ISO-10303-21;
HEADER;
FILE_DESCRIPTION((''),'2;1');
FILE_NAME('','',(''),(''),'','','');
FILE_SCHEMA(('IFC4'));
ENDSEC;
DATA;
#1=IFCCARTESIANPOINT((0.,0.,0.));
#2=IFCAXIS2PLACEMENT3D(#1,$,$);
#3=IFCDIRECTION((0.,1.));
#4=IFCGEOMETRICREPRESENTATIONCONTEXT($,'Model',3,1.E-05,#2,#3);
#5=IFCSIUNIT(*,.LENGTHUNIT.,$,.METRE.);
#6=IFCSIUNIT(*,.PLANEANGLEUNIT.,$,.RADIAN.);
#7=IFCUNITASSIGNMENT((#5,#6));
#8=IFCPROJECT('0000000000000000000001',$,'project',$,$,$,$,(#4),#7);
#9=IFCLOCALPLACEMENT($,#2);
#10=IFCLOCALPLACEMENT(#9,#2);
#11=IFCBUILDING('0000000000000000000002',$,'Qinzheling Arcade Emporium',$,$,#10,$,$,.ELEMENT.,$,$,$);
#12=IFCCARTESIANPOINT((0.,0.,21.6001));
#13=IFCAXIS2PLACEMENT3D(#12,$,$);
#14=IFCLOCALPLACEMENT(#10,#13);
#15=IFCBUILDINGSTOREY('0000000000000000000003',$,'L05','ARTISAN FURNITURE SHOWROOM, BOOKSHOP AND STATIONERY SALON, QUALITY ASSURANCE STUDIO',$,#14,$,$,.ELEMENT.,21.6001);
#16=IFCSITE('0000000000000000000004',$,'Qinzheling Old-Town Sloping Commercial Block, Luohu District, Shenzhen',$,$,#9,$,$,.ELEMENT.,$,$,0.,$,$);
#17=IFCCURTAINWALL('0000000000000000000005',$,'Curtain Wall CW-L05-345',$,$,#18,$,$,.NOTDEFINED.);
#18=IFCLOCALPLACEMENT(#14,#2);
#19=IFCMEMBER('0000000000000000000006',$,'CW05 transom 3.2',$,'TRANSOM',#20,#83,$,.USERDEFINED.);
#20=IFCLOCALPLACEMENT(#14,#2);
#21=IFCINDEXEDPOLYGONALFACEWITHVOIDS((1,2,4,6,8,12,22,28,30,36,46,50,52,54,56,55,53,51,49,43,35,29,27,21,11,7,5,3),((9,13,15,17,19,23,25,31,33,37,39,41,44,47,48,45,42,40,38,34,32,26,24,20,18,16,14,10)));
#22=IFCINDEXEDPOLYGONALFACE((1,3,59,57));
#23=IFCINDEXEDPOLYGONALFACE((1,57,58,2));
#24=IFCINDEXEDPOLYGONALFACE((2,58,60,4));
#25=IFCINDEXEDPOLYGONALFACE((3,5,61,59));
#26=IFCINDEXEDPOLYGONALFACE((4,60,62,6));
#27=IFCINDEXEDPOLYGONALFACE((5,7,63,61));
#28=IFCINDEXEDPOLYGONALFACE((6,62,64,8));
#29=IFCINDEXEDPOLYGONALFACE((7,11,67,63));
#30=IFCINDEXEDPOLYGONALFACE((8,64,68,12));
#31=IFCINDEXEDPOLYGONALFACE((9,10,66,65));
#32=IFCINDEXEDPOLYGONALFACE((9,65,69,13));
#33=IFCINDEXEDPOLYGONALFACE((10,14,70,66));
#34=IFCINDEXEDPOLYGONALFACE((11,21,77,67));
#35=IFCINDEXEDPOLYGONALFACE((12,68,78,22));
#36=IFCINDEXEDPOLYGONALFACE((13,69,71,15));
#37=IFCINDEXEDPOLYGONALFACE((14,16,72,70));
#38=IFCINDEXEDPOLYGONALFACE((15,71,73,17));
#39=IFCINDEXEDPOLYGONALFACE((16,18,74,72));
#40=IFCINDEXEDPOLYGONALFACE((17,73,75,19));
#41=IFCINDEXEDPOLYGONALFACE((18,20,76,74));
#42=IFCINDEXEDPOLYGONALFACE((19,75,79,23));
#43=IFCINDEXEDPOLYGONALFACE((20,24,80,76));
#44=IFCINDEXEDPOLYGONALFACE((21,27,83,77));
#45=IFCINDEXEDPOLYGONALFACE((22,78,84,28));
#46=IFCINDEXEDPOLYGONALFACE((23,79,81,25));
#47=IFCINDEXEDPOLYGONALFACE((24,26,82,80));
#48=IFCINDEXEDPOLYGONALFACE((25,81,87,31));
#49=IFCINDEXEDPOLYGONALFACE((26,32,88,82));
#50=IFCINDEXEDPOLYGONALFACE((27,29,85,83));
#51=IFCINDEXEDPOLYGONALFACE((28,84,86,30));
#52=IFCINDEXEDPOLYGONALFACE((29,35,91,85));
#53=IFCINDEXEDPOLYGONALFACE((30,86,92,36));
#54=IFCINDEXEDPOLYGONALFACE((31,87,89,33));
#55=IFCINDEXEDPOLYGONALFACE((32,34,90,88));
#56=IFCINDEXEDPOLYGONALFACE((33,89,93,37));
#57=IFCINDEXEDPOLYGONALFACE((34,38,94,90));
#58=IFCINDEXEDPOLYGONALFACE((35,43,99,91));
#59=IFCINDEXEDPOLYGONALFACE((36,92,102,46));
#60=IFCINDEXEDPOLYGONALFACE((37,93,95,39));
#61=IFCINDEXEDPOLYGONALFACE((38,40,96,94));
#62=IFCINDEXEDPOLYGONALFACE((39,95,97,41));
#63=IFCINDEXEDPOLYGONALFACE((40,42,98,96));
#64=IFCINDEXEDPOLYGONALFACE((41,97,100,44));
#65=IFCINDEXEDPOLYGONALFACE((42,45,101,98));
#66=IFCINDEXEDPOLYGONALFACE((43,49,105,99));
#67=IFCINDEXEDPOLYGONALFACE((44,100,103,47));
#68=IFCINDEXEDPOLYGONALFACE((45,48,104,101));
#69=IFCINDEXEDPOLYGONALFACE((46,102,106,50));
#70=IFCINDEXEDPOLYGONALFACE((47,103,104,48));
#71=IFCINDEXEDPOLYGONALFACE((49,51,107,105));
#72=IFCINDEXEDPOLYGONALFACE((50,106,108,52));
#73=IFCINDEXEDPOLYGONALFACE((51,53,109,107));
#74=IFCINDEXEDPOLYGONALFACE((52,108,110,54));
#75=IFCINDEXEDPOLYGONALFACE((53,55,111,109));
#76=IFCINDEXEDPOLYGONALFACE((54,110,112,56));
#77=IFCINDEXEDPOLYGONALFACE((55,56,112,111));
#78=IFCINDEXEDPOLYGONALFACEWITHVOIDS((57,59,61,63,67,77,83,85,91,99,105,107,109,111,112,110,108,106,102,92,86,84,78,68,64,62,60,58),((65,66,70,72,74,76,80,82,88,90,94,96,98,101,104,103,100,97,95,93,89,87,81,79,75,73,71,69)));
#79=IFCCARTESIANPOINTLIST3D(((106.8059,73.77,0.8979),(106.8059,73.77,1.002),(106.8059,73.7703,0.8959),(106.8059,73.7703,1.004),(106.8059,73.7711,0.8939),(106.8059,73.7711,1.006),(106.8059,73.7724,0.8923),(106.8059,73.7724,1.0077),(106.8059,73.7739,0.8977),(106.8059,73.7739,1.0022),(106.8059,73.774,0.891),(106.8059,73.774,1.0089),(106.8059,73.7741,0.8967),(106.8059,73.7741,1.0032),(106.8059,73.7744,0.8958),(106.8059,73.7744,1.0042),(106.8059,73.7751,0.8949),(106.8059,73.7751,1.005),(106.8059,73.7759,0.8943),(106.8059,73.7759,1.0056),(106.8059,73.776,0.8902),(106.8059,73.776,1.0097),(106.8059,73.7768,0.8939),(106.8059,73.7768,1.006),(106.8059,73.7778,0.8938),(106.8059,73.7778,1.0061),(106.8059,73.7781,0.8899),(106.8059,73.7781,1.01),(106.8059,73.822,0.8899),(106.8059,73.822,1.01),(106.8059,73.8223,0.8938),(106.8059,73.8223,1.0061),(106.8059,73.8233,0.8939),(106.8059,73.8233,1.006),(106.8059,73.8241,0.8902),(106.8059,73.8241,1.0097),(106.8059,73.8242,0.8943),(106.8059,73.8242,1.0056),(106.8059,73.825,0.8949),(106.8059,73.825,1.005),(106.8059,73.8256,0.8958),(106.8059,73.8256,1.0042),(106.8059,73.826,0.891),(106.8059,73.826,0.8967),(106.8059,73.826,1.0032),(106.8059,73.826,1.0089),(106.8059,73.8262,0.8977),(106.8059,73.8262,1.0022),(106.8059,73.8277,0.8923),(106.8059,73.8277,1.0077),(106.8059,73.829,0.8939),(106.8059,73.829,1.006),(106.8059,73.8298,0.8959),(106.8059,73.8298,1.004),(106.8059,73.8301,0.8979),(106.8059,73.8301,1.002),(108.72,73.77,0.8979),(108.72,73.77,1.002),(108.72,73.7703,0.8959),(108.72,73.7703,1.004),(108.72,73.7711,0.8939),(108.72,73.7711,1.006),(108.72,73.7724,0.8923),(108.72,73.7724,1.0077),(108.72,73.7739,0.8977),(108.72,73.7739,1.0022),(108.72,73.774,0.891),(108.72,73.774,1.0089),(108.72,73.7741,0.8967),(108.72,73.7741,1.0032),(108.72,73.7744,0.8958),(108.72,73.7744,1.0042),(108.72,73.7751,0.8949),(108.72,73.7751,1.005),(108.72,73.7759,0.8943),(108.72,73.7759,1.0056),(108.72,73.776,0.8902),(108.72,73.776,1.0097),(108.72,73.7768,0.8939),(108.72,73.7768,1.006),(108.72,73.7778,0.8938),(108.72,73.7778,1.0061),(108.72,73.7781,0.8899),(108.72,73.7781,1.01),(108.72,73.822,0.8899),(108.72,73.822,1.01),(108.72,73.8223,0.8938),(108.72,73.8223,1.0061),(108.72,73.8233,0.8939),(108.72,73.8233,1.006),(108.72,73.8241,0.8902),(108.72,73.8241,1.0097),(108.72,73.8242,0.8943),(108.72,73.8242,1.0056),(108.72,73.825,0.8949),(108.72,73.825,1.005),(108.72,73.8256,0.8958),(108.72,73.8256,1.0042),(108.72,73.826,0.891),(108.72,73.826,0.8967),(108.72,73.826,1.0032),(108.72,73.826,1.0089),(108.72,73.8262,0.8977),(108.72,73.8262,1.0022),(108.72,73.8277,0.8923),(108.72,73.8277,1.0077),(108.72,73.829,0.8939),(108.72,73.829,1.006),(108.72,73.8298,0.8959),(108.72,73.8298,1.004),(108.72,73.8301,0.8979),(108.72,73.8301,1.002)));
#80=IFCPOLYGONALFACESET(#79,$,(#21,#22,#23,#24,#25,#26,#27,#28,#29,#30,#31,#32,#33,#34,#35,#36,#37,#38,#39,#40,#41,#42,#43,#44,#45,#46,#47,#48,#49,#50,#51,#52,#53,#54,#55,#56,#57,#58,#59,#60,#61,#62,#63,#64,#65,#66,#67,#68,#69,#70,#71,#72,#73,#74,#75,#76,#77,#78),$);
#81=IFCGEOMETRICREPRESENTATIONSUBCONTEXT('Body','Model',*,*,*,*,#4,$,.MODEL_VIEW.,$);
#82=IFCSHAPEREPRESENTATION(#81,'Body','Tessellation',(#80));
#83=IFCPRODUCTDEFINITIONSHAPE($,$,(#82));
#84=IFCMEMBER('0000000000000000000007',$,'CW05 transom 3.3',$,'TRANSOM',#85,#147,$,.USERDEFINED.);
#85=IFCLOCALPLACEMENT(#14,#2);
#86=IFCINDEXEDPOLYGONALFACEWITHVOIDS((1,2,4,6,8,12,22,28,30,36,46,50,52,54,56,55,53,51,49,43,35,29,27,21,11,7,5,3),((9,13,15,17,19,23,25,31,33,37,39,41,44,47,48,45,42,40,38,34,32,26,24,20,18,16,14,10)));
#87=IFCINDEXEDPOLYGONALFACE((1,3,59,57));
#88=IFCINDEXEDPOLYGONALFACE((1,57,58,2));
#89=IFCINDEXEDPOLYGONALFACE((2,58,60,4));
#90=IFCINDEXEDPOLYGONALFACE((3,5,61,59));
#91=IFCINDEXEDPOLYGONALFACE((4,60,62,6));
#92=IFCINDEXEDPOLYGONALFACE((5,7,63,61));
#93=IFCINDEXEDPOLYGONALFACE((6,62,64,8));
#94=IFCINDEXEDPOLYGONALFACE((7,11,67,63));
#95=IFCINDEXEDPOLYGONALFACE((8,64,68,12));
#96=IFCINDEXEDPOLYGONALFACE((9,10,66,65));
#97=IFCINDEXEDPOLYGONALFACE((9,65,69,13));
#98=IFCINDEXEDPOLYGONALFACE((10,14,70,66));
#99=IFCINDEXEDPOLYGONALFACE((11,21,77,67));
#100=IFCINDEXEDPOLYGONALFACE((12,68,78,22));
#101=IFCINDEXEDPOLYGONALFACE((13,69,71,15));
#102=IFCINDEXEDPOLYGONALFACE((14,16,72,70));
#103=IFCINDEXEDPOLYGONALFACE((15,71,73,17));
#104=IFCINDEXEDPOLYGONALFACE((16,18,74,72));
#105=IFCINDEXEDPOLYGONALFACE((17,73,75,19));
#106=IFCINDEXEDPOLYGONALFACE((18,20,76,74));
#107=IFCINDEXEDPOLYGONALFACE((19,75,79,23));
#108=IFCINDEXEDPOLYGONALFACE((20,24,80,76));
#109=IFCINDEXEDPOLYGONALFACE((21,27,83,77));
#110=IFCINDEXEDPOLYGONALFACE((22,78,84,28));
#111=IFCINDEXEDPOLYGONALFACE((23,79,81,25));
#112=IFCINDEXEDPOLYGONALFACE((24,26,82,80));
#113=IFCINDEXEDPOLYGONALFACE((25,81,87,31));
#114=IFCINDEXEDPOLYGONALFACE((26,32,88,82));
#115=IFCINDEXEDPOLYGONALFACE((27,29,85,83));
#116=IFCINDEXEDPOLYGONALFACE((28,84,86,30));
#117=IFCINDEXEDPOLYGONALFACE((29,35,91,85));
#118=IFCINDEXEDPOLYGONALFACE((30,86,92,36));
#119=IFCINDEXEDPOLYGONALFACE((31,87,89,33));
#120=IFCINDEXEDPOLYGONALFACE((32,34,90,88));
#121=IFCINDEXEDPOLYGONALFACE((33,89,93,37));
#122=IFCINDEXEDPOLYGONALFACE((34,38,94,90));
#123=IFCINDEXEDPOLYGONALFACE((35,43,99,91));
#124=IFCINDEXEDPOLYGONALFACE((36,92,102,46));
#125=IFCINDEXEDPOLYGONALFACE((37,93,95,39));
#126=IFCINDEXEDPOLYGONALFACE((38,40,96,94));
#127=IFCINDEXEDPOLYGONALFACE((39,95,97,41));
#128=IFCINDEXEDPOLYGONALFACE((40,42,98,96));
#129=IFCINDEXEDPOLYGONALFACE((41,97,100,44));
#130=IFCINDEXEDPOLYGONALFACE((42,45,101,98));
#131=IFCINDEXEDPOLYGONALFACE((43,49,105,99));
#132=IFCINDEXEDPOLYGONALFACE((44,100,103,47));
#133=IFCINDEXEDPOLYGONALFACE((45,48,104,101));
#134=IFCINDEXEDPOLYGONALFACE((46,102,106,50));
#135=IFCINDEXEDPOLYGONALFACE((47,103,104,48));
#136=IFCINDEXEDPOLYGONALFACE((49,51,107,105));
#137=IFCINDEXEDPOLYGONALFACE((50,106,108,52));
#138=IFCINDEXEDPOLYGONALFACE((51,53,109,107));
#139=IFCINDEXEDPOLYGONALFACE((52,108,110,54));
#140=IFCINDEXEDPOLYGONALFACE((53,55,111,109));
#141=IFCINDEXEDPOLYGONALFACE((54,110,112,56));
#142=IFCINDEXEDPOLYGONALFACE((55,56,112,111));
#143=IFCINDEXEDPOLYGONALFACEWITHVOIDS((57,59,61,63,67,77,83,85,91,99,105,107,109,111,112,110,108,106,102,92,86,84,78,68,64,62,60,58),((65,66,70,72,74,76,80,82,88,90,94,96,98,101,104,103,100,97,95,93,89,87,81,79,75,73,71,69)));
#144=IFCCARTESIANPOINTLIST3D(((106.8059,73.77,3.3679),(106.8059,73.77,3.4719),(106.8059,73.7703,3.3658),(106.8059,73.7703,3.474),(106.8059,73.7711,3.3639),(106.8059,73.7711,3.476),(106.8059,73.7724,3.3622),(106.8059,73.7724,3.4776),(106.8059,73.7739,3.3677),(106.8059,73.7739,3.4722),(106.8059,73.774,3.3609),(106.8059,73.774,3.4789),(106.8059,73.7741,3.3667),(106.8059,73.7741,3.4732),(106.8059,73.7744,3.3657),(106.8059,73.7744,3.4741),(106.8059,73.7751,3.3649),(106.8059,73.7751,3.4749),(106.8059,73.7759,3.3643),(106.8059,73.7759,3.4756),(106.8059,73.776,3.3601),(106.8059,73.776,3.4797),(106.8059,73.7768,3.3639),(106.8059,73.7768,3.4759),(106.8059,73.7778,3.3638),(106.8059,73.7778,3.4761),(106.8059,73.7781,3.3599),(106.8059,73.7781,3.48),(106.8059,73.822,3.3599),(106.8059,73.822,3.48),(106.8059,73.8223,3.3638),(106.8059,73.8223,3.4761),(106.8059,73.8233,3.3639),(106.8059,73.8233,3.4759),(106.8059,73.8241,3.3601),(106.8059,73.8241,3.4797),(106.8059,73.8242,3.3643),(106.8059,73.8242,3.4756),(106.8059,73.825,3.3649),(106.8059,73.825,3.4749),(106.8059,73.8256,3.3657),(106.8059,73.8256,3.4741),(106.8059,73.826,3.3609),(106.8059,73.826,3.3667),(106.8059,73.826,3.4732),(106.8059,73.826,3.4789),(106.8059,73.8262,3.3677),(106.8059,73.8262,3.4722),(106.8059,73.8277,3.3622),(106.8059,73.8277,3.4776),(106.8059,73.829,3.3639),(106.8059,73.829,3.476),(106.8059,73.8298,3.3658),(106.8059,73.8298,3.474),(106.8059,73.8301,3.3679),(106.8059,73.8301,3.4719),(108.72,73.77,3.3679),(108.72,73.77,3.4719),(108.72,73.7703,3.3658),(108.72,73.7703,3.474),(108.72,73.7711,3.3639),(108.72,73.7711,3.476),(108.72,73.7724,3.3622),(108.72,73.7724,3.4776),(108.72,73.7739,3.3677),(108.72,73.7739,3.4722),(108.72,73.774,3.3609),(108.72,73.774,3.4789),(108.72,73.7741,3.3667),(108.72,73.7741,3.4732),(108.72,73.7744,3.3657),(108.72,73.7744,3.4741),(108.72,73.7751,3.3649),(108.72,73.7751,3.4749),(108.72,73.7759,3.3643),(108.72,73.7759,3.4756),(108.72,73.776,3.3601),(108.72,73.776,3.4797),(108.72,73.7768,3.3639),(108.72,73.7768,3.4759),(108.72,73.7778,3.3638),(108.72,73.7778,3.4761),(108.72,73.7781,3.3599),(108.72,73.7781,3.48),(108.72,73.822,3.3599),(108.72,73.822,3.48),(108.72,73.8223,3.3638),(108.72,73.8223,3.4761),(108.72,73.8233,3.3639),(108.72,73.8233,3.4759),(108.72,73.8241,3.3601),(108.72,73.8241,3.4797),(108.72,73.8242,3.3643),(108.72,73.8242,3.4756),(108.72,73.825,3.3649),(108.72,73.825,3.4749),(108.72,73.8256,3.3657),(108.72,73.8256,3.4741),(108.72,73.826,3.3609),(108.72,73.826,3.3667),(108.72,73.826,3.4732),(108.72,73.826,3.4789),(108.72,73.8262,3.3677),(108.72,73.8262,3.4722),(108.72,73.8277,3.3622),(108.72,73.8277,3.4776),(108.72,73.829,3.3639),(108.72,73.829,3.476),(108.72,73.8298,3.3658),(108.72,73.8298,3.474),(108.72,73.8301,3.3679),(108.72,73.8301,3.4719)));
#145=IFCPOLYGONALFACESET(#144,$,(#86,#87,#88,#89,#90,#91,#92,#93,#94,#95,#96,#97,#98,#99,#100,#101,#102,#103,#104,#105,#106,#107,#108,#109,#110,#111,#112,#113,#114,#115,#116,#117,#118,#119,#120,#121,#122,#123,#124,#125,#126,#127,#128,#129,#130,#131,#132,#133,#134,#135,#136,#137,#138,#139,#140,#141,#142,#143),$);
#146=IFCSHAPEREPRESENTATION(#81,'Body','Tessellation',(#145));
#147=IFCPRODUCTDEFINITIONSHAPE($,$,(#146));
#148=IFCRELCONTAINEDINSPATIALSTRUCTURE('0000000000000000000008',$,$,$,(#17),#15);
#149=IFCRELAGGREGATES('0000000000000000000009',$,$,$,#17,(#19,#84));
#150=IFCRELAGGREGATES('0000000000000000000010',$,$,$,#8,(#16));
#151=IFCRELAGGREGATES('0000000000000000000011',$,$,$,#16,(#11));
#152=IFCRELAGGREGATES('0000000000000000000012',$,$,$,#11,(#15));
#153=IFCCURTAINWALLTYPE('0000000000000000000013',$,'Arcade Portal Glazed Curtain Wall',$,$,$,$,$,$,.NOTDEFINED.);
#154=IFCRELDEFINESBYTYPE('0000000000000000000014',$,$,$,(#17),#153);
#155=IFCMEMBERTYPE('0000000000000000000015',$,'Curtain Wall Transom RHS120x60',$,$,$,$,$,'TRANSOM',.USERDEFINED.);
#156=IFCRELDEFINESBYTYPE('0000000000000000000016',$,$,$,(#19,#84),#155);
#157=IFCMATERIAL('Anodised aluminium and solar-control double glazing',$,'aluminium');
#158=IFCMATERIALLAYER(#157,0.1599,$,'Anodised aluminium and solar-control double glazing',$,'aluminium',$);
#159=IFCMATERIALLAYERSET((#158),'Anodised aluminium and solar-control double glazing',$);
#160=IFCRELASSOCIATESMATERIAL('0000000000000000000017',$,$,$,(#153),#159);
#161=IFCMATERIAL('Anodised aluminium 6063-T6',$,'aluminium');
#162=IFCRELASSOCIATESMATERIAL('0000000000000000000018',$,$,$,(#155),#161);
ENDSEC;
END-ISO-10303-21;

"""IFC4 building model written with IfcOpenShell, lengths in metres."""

from ifc_helpers import new_model, si_unit, direction, frame, origin, origin_2d, place, context, subcontext, project, spatial, hollow_rectangle, extrude, material, layer, layer_set, material_profile, profile_set, type_object, element, aggregate, save


model = new_model("IFC4")

# Units and contexts
model_context = context("Model", 3, precision=1e-05, world=origin(), true_north=direction((0.0, 1.0)))
body_context = subcontext(model_context, "Body", "Model", "MODEL_VIEW")
ifc_project = project(units=[si_unit("LENGTHUNIT", "METRE"), si_unit("PLANEANGLEUNIT", "RADIAN")], contexts=[model_context])

# Site, building, storey
site_placement = place(None, origin())
site = spatial("IfcSite", under=ifc_project, at=site_placement, Name="Qinzheling Old-Town Sloping Commercial Block, Luohu District, Shenzhen", CompositionType="ELEMENT", RefElevation=0.0)
building_placement = place(site_placement, origin())
building = spatial("IfcBuilding", under=site, at=building_placement, Name="Qinzheling Arcade Emporium", CompositionType="ELEMENT")
storey_placement = place(building_placement, frame((0.0, 0.0, 21.6001)))
storey = spatial("IfcBuildingStorey", under=building, at=storey_placement, Name="L05", Description="ARTISAN FURNITURE SHOWROOM, BOOKSHOP AND STATIONERY SALON, QUALITY ASSURANCE STUDIO", CompositionType="ELEMENT", Elevation=21.6001)

# Shared definitions
ifc_material_1 = material(Name="Anodised aluminium and solar-control double glazing", Category="aluminium")
ifc_material_2 = material(Name="Anodised aluminium 6063-T6", Category="aluminium")

# Curtain wall
ifc_layer_1 = layer(ifc_material_1, 0.1599, Name="Anodised aluminium and solar-control double glazing", Category="aluminium")
ifc_layer_set_1 = layer_set([ifc_layer_1], Name="Anodised aluminium and solar-control double glazing")
curtain_wall_type_1 = type_object("IfcCurtainWallType", Name="Arcade Portal Glazed Curtain Wall", PredefinedType="NOTDEFINED", material=ifc_layer_set_1)
curtain_wall_1_placement = place(storey_placement, origin())
curtain_wall_1 = element("IfcCurtainWall", 1, at=curtain_wall_1_placement, inside=storey, type_object=curtain_wall_type_1, Name="Curtain Wall CW-L05-345", PredefinedType="NOTDEFINED")

# Members
ifc_material_profile_1 = material_profile(ifc_material_2, hollow_rectangle(XDim=0.0601, YDim=0.1201, WallThickness=0.0039, InnerFilletRadius=0.0039, OuterFilletRadius=0.0081, at=origin_2d()), Name="RHS 120x60x4", Category="aluminium")
ifc_profile_set_1 = profile_set([ifc_material_profile_1], Name="Anodised aluminium 6063-T6")
member_type_1 = type_object("IfcMemberType", Name="Curtain Wall Transom RHS120x60", ElementType="TRANSOM", PredefinedType="USERDEFINED", material=ifc_profile_set_1)
member_1_placement = place(storey_placement, frame((108.72, 73.8, 0.95), z_axis=(-1.0, 0.0, 0.0), x_axis=(0.0, -1.0, 0.0)))
member_1 = element("IfcMember", 2, at=member_1_placement, type_object=member_type_1, Name="CW05 transom 3.2", ObjectType="TRANSOM", PredefinedType="USERDEFINED", context=body_context, shape_type="SweptSolid", body=[
    extrude(hollow_rectangle(XDim=0.0601, YDim=0.1201, WallThickness=0.0039, InnerFilletRadius=0.0039, OuterFilletRadius=0.0081, at=origin_2d()), origin(), (0.0, 0.0, 1.0), 1.9141),
])
member_2_placement = place(storey_placement, frame((108.72, 73.8, 3.4199), z_axis=(-1.0, 0.0, 0.0), x_axis=(0.0, -1.0, 0.0)))
member_2 = element("IfcMember", 3, at=member_2_placement, type_object=member_type_1, Name="CW05 transom 3.3", ObjectType="TRANSOM", PredefinedType="USERDEFINED", context=body_context, shape_type="SweptSolid", body=[
    extrude(hollow_rectangle(XDim=0.0601, YDim=0.1201, WallThickness=0.0039, InnerFilletRadius=0.0039, OuterFilletRadius=0.0081, at=origin_2d()), origin(), (0.0, 0.0, 1.0), 1.9141),
])

aggregate(curtain_wall_1, [member_1, member_2])

save(model, "model.ifc")
